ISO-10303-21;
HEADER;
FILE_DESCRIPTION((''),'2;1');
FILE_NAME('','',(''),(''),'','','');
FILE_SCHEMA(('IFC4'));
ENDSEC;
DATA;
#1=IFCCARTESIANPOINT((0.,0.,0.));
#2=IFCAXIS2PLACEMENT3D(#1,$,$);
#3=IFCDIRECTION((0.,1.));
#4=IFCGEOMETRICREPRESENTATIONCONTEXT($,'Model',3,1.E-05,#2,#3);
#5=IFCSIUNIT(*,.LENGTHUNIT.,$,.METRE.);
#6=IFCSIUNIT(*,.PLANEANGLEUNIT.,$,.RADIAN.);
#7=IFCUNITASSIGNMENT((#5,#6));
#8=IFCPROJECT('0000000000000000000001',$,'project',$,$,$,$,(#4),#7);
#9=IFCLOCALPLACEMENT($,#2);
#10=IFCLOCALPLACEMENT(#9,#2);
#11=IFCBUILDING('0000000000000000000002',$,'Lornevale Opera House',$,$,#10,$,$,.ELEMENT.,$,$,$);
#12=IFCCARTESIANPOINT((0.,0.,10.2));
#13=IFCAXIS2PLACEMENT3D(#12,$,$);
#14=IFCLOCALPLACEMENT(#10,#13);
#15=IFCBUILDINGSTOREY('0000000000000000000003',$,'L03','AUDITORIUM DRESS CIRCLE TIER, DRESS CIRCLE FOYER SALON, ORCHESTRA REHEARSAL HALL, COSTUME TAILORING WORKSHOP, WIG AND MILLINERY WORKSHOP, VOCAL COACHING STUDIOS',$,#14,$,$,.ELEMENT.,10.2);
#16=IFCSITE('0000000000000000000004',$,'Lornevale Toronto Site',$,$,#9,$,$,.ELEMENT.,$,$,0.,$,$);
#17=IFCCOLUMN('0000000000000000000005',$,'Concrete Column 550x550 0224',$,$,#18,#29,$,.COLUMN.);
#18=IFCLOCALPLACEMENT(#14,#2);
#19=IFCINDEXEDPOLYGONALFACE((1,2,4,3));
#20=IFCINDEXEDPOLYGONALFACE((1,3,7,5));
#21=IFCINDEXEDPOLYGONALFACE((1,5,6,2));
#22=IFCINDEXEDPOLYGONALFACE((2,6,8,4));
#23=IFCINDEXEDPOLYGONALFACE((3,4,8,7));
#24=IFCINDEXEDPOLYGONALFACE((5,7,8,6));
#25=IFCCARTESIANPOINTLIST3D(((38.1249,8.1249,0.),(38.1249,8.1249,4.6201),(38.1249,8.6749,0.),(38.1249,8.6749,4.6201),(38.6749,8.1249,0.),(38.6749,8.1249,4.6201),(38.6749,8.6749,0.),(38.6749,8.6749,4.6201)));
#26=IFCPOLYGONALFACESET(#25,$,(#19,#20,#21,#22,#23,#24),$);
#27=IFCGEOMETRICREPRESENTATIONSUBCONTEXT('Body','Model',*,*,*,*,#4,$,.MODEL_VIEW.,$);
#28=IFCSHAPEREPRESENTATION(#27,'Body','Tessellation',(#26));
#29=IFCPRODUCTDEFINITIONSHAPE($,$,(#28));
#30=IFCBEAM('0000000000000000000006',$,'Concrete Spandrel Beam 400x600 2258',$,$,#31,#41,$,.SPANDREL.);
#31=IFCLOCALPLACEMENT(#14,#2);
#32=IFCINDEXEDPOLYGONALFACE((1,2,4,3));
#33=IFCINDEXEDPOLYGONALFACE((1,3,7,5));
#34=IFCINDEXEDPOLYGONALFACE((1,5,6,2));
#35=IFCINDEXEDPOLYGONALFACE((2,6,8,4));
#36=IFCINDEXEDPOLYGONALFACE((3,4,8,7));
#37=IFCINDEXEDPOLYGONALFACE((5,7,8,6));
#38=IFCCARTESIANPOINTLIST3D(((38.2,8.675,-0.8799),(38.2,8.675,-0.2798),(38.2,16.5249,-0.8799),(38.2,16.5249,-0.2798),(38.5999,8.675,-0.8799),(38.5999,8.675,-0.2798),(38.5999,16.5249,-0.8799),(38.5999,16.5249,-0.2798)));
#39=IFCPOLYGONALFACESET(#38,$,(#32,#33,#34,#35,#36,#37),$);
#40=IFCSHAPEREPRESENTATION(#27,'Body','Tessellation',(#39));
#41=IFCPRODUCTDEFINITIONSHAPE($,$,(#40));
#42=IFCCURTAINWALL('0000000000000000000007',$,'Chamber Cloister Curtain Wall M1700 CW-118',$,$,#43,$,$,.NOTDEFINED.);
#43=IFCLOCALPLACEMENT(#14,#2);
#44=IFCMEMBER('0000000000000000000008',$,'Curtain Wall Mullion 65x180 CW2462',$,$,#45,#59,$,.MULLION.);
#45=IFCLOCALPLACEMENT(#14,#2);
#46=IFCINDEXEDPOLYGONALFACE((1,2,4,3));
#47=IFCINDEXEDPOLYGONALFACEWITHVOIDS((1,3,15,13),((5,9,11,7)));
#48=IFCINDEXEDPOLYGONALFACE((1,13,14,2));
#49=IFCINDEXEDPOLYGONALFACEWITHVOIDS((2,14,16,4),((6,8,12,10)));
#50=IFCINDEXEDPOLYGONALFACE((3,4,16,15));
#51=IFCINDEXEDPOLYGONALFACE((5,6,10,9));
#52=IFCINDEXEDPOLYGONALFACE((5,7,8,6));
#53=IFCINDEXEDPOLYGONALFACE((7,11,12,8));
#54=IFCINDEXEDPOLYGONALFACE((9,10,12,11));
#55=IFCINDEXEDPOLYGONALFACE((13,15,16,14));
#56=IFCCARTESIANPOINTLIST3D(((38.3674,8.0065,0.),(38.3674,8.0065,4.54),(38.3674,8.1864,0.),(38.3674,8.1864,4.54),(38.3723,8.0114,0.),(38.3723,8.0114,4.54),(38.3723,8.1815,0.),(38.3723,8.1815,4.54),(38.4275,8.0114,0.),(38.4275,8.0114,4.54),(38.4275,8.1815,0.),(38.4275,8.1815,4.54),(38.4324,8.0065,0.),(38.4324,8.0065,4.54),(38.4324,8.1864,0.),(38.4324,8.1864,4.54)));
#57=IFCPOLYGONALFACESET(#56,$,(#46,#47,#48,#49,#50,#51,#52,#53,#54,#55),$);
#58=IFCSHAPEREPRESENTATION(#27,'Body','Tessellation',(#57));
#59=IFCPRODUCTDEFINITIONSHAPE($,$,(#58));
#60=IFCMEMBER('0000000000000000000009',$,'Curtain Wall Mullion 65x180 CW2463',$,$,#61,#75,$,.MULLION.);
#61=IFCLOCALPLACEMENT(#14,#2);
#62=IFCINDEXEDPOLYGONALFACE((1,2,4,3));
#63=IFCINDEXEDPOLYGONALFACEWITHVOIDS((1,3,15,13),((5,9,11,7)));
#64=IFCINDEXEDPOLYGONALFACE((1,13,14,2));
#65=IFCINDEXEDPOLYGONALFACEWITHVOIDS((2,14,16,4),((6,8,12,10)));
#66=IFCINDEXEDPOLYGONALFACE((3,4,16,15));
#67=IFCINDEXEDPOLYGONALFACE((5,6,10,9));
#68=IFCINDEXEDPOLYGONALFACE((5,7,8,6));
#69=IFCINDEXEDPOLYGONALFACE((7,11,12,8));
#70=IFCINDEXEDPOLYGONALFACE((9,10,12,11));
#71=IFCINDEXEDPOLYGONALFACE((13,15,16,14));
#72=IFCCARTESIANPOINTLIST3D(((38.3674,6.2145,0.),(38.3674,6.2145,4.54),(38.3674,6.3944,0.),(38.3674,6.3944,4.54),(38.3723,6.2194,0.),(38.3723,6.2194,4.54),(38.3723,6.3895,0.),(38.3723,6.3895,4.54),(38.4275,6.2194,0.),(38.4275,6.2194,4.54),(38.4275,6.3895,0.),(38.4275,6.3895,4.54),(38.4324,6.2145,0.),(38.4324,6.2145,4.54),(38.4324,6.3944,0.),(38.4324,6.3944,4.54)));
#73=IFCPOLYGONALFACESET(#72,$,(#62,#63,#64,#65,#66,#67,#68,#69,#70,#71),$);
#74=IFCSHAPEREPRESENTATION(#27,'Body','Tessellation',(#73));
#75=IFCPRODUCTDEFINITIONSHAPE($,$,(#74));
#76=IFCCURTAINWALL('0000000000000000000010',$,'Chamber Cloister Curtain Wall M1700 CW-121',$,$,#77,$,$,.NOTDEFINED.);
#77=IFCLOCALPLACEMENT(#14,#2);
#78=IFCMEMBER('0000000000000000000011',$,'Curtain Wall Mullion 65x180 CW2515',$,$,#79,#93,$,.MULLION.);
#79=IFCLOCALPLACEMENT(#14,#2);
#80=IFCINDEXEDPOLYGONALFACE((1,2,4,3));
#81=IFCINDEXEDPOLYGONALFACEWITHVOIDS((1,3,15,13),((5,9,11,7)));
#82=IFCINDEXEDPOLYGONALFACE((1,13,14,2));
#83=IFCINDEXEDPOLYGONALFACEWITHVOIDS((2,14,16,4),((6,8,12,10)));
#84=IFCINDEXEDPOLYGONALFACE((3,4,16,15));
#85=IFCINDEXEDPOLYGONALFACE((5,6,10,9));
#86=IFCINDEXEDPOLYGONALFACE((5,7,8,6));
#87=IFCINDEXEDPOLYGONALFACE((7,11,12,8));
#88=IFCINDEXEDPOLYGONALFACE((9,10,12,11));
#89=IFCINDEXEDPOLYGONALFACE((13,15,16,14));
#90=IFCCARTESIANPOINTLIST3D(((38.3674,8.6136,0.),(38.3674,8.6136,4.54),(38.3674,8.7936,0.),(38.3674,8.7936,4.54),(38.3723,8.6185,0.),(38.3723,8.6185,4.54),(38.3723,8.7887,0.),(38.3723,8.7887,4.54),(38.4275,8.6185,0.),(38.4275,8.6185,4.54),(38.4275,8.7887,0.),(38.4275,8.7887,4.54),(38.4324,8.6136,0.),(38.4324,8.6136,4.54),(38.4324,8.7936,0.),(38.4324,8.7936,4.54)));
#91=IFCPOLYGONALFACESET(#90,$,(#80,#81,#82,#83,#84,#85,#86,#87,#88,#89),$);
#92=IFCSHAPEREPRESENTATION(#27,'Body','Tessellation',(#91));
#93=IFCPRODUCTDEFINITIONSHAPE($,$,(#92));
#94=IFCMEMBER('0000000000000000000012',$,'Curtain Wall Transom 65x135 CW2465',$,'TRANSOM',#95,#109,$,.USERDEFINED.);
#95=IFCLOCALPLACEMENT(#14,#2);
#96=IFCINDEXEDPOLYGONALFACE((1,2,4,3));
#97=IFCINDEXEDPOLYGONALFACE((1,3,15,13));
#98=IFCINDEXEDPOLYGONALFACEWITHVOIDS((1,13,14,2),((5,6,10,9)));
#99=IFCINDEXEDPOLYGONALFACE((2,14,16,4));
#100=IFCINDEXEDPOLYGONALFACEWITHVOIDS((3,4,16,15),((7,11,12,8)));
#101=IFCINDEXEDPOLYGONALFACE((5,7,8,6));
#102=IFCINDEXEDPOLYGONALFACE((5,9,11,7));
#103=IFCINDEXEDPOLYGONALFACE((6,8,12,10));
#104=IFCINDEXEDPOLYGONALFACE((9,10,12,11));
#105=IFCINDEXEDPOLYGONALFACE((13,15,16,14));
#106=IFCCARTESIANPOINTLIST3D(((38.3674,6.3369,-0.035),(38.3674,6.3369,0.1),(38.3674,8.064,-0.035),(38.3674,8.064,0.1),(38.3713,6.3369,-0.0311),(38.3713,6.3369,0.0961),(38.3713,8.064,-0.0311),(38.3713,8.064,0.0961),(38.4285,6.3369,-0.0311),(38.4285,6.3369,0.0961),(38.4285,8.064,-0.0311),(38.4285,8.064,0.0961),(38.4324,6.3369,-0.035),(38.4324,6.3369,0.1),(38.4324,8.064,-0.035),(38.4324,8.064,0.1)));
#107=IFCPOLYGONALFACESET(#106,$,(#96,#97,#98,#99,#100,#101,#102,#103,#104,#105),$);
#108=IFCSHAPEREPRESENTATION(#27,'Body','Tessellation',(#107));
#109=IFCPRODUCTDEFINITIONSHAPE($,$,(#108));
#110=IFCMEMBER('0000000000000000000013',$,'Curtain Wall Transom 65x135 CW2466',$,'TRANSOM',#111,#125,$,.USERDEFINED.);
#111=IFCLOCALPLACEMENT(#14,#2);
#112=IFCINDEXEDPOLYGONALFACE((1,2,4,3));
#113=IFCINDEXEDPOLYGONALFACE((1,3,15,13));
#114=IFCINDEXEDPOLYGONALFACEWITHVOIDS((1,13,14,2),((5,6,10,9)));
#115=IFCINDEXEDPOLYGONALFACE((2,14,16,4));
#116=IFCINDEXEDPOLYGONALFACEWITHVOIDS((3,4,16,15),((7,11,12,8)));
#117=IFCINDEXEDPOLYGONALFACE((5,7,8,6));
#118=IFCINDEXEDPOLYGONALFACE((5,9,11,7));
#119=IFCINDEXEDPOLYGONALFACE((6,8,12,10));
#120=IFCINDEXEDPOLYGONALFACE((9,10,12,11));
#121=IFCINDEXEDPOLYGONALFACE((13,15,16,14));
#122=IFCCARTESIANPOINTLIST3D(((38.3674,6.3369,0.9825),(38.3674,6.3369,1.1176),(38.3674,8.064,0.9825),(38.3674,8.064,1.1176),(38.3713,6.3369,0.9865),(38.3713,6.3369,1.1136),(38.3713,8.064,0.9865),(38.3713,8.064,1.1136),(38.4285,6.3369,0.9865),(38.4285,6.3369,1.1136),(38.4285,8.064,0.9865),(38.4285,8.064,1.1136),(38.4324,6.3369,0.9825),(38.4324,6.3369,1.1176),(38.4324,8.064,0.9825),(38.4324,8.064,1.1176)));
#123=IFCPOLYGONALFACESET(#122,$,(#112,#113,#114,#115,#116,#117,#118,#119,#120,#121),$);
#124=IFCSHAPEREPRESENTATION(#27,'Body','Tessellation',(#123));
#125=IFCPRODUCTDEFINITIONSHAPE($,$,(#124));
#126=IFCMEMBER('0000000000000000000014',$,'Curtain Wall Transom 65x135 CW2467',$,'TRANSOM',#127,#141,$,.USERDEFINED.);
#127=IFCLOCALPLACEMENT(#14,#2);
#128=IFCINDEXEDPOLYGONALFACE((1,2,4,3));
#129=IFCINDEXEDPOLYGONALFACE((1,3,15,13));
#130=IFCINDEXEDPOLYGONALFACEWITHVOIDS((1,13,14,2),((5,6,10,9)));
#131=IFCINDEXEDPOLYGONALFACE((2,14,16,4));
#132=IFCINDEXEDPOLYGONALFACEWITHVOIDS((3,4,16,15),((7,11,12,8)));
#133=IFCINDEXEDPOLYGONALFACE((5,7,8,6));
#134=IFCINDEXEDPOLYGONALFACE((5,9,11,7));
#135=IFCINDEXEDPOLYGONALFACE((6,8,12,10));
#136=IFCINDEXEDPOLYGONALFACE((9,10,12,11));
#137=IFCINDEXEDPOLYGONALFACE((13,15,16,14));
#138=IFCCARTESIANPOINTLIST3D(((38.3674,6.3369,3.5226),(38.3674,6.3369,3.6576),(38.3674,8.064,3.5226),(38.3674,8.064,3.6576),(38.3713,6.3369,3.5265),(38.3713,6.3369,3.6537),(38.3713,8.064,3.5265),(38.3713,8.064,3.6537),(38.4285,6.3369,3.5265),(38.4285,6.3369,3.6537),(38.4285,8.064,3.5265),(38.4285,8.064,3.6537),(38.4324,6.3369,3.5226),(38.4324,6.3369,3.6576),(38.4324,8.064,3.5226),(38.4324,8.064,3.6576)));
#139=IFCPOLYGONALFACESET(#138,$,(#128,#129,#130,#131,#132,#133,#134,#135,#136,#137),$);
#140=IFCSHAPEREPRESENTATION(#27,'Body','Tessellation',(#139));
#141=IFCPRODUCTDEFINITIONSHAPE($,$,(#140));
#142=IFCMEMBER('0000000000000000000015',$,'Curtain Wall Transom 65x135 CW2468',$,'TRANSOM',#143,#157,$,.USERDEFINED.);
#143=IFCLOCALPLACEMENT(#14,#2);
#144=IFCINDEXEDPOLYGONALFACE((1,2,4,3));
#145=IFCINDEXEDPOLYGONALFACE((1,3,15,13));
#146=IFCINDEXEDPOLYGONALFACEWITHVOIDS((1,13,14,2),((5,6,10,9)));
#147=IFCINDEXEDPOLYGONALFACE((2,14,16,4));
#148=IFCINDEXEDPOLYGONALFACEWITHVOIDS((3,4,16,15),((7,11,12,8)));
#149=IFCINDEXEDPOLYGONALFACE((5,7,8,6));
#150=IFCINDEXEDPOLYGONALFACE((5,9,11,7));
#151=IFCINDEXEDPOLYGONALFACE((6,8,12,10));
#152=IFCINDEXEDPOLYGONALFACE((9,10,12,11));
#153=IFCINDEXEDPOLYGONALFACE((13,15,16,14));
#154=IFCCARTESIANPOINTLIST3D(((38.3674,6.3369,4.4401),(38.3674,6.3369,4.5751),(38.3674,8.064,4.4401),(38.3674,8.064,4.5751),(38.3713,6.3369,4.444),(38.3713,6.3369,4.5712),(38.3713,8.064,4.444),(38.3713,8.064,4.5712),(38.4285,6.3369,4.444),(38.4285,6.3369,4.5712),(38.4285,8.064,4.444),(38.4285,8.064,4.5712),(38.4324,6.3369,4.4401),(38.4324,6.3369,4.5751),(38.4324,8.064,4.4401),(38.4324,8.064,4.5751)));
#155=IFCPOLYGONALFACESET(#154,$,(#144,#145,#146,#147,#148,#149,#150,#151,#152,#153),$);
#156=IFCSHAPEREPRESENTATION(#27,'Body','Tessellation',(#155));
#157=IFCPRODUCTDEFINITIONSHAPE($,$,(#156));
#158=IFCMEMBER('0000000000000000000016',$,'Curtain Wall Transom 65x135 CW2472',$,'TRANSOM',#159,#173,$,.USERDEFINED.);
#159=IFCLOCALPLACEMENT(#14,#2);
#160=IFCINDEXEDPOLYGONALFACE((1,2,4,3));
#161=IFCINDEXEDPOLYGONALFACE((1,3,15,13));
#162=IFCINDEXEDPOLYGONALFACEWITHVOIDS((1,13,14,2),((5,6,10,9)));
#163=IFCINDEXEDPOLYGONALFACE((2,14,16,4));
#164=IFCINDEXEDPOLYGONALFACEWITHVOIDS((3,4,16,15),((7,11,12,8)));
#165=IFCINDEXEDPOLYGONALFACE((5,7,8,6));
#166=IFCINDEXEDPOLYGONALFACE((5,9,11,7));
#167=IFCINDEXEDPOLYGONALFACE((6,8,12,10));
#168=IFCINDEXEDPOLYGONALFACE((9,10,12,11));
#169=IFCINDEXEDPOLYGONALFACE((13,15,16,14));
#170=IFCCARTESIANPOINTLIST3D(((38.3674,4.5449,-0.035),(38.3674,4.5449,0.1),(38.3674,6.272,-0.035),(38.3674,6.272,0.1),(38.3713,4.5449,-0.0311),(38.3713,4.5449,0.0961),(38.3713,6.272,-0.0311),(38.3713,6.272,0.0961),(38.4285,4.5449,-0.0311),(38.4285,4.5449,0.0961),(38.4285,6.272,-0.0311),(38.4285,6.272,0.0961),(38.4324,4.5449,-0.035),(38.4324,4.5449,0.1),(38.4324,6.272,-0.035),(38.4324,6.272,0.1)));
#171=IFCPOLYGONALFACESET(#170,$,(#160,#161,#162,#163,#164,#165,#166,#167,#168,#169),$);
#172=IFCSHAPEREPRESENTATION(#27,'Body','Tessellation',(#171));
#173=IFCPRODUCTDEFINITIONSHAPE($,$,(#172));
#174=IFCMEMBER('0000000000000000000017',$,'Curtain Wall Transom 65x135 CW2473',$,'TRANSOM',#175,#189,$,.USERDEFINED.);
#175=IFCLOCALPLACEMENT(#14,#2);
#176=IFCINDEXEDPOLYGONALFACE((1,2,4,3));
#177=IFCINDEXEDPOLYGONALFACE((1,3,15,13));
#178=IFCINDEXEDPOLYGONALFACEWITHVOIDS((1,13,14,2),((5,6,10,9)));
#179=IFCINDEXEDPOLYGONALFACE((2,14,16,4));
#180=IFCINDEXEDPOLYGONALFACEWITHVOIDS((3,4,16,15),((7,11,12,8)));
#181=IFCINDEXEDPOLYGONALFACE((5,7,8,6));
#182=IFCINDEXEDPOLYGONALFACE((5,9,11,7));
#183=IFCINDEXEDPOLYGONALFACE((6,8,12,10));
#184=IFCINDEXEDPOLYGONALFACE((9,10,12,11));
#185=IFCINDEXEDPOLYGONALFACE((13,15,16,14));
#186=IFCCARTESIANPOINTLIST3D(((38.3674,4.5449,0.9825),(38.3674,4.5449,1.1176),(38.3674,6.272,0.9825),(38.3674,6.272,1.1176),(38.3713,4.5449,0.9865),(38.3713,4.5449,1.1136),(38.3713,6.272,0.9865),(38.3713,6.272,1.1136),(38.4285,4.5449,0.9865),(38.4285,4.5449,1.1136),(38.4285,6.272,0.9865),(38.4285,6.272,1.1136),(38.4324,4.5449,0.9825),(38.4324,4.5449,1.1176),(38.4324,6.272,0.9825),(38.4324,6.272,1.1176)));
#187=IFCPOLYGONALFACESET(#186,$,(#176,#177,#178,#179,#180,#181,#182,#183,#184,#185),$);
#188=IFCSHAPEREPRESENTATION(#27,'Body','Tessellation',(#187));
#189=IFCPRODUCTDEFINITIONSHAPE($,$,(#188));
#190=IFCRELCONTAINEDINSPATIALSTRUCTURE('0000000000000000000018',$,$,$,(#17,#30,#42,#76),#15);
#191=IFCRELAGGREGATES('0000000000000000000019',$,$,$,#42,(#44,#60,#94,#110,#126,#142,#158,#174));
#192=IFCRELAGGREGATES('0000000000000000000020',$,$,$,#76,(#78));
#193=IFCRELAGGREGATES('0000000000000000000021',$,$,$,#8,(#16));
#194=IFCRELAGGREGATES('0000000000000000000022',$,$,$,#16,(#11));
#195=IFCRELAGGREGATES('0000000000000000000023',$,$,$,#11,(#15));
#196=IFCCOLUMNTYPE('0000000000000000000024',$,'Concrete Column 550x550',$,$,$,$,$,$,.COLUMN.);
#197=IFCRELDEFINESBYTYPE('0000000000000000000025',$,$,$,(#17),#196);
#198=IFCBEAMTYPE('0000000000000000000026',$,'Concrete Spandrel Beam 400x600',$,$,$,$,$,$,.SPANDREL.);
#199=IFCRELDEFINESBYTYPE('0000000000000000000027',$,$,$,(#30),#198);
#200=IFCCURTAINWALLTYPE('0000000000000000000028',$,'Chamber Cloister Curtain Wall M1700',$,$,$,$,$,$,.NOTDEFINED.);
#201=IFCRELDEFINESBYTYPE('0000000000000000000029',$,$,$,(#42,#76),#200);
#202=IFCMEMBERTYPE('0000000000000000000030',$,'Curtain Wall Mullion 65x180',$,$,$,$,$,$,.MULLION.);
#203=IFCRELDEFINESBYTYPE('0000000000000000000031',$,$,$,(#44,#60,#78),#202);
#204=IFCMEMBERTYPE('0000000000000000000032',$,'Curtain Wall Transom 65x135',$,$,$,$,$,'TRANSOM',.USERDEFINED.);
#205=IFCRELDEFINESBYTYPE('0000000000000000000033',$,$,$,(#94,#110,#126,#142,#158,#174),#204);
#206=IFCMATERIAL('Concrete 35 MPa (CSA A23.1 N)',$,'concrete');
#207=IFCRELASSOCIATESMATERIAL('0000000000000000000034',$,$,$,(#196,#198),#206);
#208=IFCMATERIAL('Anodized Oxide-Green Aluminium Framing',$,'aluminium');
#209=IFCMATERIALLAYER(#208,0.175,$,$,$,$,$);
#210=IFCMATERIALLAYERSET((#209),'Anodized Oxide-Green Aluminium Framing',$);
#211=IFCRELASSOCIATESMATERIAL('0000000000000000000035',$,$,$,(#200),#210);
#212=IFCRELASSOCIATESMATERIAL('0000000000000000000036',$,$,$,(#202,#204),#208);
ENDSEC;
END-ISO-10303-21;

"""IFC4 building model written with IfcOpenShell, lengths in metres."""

from ifc_helpers import new_model, si_unit, direction, frame, origin, origin_2d, place, context, subcontext, project, spatial, rectangle, hollow_rectangle, extrude, material, layer, layer_set, material_profile, profile_set, type_object, element, aggregate, save


model = new_model("IFC4")

# Units and contexts
model_context = context("Model", 3, precision=1e-05, world=origin(), true_north=direction((0.0, 1.0)))
body_context = subcontext(model_context, "Body", "Model", "MODEL_VIEW")
ifc_project = project(units=[si_unit("LENGTHUNIT", "METRE"), si_unit("PLANEANGLEUNIT", "RADIAN")], contexts=[model_context])

# Site, building, storey
site_placement = place(None, origin())
site = spatial("IfcSite", under=ifc_project, at=site_placement, Name="Lornevale Toronto Site", CompositionType="ELEMENT", RefElevation=0.0)
building_placement = place(site_placement, origin())
building = spatial("IfcBuilding", under=site, at=building_placement, Name="Lornevale Opera House", CompositionType="ELEMENT")
storey_placement = place(building_placement, frame((0.0, 0.0, 10.2)))
storey = spatial("IfcBuildingStorey", under=building, at=storey_placement, Name="L03", Description="AUDITORIUM DRESS CIRCLE TIER, DRESS CIRCLE FOYER SALON, ORCHESTRA REHEARSAL HALL, COSTUME TAILORING WORKSHOP, WIG AND MILLINERY WORKSHOP, VOCAL COACHING STUDIOS", CompositionType="ELEMENT", Elevation=10.2)

# Column
ifc_material_1 = material(Name="Concrete 35 MPa (CSA A23.1 N)", Category="concrete")
ifc_material_profile_1 = material_profile(ifc_material_1, rectangle(XDim=0.55, YDim=0.55, at=origin_2d()), Name="RC550x550")
ifc_profile_set_1 = profile_set([ifc_material_profile_1], Name="Concrete 35 MPa (CSA A23.1 N)")
column_type = type_object("IfcColumnType", Name="Concrete Column 550x550", PredefinedType="COLUMN", material=ifc_profile_set_1)
column_placement = place(storey_placement, frame((38.3999, 8.3999, 0.0), z_axis=(0.0, 0.0, 1.0), x_axis=(1.0, 0.0, 0.0)))
element("IfcColumn", 1, at=column_placement, inside=storey, type_object=column_type, Name="Concrete Column 550x550 0224", PredefinedType="COLUMN", context=body_context, shape_type="SweptSolid", body=[
    extrude(rectangle(XDim=0.55, YDim=0.55, at=origin_2d()), origin(), (0.0, 0.0, 1.0), 4.6201),
])

# Beam
ifc_material_profile_2 = material_profile(ifc_material_1, rectangle(XDim=0.3999, YDim=0.6001, at=origin_2d()), Name="RC400x600")
ifc_profile_set_2 = profile_set([ifc_material_profile_2], Name="Concrete 35 MPa (CSA A23.1 N)")
beam_type = type_object("IfcBeamType", Name="Concrete Spandrel Beam 400x600", PredefinedType="SPANDREL", material=ifc_profile_set_2)
beam_placement = place(storey_placement, frame((38.3999, 8.675, -0.5798), z_axis=(0.0, 1.0, 0.0), x_axis=(-1.0, 0.0, 0.0)))
element("IfcBeam", 2, at=beam_placement, inside=storey, type_object=beam_type, Name="Concrete Spandrel Beam 400x600 2258", PredefinedType="SPANDREL", context=body_context, shape_type="SweptSolid", body=[
    extrude(rectangle(XDim=0.3999, YDim=0.6001, at=origin_2d()), origin(), (0.0, 0.0, 1.0), 7.8499),
])

# Curtain wall, members
ifc_material_2 = material(Name="Anodized Oxide-Green Aluminium Framing", Category="aluminium")
ifc_layer_1 = layer(ifc_material_2, 0.175)
ifc_layer_set_1 = layer_set([ifc_layer_1], Name="Anodized Oxide-Green Aluminium Framing")
curtain_wall_type = type_object("IfcCurtainWallType", Name="Chamber Cloister Curtain Wall M1700", PredefinedType="NOTDEFINED", material=ifc_layer_set_1)
curtain_wall_1_placement = place(storey_placement, origin())
curtain_wall_1 = element("IfcCurtainWall", 3, at=curtain_wall_1_placement, inside=storey, type_object=curtain_wall_type, Name="Chamber Cloister Curtain Wall M1700 CW-118", PredefinedType="NOTDEFINED")
ifc_material_profile_3 = material_profile(ifc_material_2, hollow_rectangle(XDim=0.0649, YDim=0.1799, WallThickness=0.0049, at=origin_2d()), Name="ALU65x180x5")
ifc_profile_set_3 = profile_set([ifc_material_profile_3], Name="Anodized Oxide-Green Aluminium Framing")
member_type_1 = type_object("IfcMemberType", Name="Curtain Wall Mullion 65x180", PredefinedType="MULLION", material=ifc_profile_set_3)
member_1_placement = place(storey_placement, frame((38.3999, 8.0964, 0.0), z_axis=(0.0, 0.0, 1.0), x_axis=(1.0, 0.0, 0.0)))
member_1 = element("IfcMember", 4, at=member_1_placement, type_object=member_type_1, Name="Curtain Wall Mullion 65x180 CW2462", PredefinedType="MULLION", context=body_context, shape_type="SweptSolid", body=[
    extrude(hollow_rectangle(XDim=0.0649, YDim=0.1799, WallThickness=0.0049, at=origin_2d()), origin(), (0.0, 0.0, 1.0), 4.54),
])
member_2_placement = place(storey_placement, frame((38.3999, 6.3044, 0.0), z_axis=(0.0, 0.0, 1.0), x_axis=(1.0, 0.0, 0.0)))
member_2 = element("IfcMember", 5, at=member_2_placement, type_object=member_type_1, Name="Curtain Wall Mullion 65x180 CW2463", PredefinedType="MULLION", context=body_context, shape_type="SweptSolid", body=[
    extrude(hollow_rectangle(XDim=0.0649, YDim=0.1799, WallThickness=0.0049, at=origin_2d()), origin(), (0.0, 0.0, 1.0), 4.54),
])

# Curtain wall, member
curtain_wall_2_placement = place(storey_placement, origin())
curtain_wall_2 = element("IfcCurtainWall", 6, at=curtain_wall_2_placement, inside=storey, type_object=curtain_wall_type, Name="Chamber Cloister Curtain Wall M1700 CW-121", PredefinedType="NOTDEFINED")
member_3_placement = place(storey_placement, frame((38.3999, 8.7036, 0.0), z_axis=(0.0, 0.0, 1.0), x_axis=(1.0, 0.0, 0.0)))
member_3 = element("IfcMember", 7, at=member_3_placement, type_object=member_type_1, Name="Curtain Wall Mullion 65x180 CW2515", PredefinedType="MULLION", context=body_context, shape_type="SweptSolid", body=[
    extrude(hollow_rectangle(XDim=0.0649, YDim=0.1799, WallThickness=0.0049, at=origin_2d()), origin(), (0.0, 0.0, 1.0), 4.54),
])

# Members
ifc_material_profile_4 = material_profile(ifc_material_2, hollow_rectangle(XDim=0.0649, YDim=0.135, WallThickness=0.0039, at=origin_2d()), Name="ALU65x135x4")
ifc_profile_set_4 = profile_set([ifc_material_profile_4], Name="Anodized Oxide-Green Aluminium Framing")
member_type_2 = type_object("IfcMemberType", Name="Curtain Wall Transom 65x135", ElementType="TRANSOM", PredefinedType="USERDEFINED", material=ifc_profile_set_4)
member_4_placement = place(storey_placement, frame((38.3999, 8.064, 0.0325), z_axis=(0.0, -1.0, 0.0), x_axis=(1.0, 0.0, 0.0)))
member_4 = element("IfcMember", 8, at=member_4_placement, type_object=member_type_2, Name="Curtain Wall Transom 65x135 CW2465", ObjectType="TRANSOM", PredefinedType="USERDEFINED", context=body_context, shape_type="SweptSolid", body=[
    extrude(hollow_rectangle(XDim=0.0649, YDim=0.135, WallThickness=0.0039, at=origin_2d()), origin(), (0.0, 0.0, 1.0), 1.7271),
])
member_5_placement = place(storey_placement, frame((38.3999, 8.064, 1.05), z_axis=(0.0, -1.0, 0.0), x_axis=(1.0, 0.0, 0.0)))
member_5 = element("IfcMember", 9, at=member_5_placement, type_object=member_type_2, Name="Curtain Wall Transom 65x135 CW2466", ObjectType="TRANSOM", PredefinedType="USERDEFINED", context=body_context, shape_type="SweptSolid", body=[
    extrude(hollow_rectangle(XDim=0.0649, YDim=0.135, WallThickness=0.0039, at=origin_2d()), origin(), (0.0, 0.0, 1.0), 1.7271),
])
member_6_placement = place(storey_placement, frame((38.3999, 8.064, 3.5901), z_axis=(0.0, -1.0, 0.0), x_axis=(1.0, 0.0, 0.0)))
member_6 = element("IfcMember", 10, at=member_6_placement, type_object=member_type_2, Name="Curtain Wall Transom 65x135 CW2467", ObjectType="TRANSOM", PredefinedType="USERDEFINED", context=body_context, shape_type="SweptSolid", body=[
    extrude(hollow_rectangle(XDim=0.0649, YDim=0.135, WallThickness=0.0039, at=origin_2d()), origin(), (0.0, 0.0, 1.0), 1.7271),
])
member_7_placement = place(storey_placement, frame((38.3999, 8.064, 4.5076), z_axis=(0.0, -1.0, 0.0), x_axis=(1.0, 0.0, 0.0)))
member_7 = element("IfcMember", 11, at=member_7_placement, type_object=member_type_2, Name="Curtain Wall Transom 65x135 CW2468", ObjectType="TRANSOM", PredefinedType="USERDEFINED", context=body_context, shape_type="SweptSolid", body=[
    extrude(hollow_rectangle(XDim=0.0649, YDim=0.135, WallThickness=0.0039, at=origin_2d()), origin(), (0.0, 0.0, 1.0), 1.7271),
])
member_8_placement = place(storey_placement, frame((38.3999, 6.272, 0.0325), z_axis=(0.0, -1.0, 0.0), x_axis=(1.0, 0.0, 0.0)))
member_8 = element("IfcMember", 12, at=member_8_placement, type_object=member_type_2, Name="Curtain Wall Transom 65x135 CW2472", ObjectType="TRANSOM", PredefinedType="USERDEFINED", context=body_context, shape_type="SweptSolid", body=[
    extrude(hollow_rectangle(XDim=0.0649, YDim=0.135, WallThickness=0.0039, at=origin_2d()), origin(), (0.0, 0.0, 1.0), 1.7271),
])
member_9_placement = place(storey_placement, frame((38.3999, 6.272, 1.05), z_axis=(0.0, -1.0, 0.0), x_axis=(1.0, 0.0, 0.0)))
member_9 = element("IfcMember", 13, at=member_9_placement, type_object=member_type_2, Name="Curtain Wall Transom 65x135 CW2473", ObjectType="TRANSOM", PredefinedType="USERDEFINED", context=body_context, shape_type="SweptSolid", body=[
    extrude(hollow_rectangle(XDim=0.0649, YDim=0.135, WallThickness=0.0039, at=origin_2d()), origin(), (0.0, 0.0, 1.0), 1.7271),
])

aggregate(curtain_wall_1, [member_1, member_2, member_4, member_5, member_6, member_7, member_8, member_9])
aggregate(curtain_wall_2, [member_3])

save(model, "model.ifc")
